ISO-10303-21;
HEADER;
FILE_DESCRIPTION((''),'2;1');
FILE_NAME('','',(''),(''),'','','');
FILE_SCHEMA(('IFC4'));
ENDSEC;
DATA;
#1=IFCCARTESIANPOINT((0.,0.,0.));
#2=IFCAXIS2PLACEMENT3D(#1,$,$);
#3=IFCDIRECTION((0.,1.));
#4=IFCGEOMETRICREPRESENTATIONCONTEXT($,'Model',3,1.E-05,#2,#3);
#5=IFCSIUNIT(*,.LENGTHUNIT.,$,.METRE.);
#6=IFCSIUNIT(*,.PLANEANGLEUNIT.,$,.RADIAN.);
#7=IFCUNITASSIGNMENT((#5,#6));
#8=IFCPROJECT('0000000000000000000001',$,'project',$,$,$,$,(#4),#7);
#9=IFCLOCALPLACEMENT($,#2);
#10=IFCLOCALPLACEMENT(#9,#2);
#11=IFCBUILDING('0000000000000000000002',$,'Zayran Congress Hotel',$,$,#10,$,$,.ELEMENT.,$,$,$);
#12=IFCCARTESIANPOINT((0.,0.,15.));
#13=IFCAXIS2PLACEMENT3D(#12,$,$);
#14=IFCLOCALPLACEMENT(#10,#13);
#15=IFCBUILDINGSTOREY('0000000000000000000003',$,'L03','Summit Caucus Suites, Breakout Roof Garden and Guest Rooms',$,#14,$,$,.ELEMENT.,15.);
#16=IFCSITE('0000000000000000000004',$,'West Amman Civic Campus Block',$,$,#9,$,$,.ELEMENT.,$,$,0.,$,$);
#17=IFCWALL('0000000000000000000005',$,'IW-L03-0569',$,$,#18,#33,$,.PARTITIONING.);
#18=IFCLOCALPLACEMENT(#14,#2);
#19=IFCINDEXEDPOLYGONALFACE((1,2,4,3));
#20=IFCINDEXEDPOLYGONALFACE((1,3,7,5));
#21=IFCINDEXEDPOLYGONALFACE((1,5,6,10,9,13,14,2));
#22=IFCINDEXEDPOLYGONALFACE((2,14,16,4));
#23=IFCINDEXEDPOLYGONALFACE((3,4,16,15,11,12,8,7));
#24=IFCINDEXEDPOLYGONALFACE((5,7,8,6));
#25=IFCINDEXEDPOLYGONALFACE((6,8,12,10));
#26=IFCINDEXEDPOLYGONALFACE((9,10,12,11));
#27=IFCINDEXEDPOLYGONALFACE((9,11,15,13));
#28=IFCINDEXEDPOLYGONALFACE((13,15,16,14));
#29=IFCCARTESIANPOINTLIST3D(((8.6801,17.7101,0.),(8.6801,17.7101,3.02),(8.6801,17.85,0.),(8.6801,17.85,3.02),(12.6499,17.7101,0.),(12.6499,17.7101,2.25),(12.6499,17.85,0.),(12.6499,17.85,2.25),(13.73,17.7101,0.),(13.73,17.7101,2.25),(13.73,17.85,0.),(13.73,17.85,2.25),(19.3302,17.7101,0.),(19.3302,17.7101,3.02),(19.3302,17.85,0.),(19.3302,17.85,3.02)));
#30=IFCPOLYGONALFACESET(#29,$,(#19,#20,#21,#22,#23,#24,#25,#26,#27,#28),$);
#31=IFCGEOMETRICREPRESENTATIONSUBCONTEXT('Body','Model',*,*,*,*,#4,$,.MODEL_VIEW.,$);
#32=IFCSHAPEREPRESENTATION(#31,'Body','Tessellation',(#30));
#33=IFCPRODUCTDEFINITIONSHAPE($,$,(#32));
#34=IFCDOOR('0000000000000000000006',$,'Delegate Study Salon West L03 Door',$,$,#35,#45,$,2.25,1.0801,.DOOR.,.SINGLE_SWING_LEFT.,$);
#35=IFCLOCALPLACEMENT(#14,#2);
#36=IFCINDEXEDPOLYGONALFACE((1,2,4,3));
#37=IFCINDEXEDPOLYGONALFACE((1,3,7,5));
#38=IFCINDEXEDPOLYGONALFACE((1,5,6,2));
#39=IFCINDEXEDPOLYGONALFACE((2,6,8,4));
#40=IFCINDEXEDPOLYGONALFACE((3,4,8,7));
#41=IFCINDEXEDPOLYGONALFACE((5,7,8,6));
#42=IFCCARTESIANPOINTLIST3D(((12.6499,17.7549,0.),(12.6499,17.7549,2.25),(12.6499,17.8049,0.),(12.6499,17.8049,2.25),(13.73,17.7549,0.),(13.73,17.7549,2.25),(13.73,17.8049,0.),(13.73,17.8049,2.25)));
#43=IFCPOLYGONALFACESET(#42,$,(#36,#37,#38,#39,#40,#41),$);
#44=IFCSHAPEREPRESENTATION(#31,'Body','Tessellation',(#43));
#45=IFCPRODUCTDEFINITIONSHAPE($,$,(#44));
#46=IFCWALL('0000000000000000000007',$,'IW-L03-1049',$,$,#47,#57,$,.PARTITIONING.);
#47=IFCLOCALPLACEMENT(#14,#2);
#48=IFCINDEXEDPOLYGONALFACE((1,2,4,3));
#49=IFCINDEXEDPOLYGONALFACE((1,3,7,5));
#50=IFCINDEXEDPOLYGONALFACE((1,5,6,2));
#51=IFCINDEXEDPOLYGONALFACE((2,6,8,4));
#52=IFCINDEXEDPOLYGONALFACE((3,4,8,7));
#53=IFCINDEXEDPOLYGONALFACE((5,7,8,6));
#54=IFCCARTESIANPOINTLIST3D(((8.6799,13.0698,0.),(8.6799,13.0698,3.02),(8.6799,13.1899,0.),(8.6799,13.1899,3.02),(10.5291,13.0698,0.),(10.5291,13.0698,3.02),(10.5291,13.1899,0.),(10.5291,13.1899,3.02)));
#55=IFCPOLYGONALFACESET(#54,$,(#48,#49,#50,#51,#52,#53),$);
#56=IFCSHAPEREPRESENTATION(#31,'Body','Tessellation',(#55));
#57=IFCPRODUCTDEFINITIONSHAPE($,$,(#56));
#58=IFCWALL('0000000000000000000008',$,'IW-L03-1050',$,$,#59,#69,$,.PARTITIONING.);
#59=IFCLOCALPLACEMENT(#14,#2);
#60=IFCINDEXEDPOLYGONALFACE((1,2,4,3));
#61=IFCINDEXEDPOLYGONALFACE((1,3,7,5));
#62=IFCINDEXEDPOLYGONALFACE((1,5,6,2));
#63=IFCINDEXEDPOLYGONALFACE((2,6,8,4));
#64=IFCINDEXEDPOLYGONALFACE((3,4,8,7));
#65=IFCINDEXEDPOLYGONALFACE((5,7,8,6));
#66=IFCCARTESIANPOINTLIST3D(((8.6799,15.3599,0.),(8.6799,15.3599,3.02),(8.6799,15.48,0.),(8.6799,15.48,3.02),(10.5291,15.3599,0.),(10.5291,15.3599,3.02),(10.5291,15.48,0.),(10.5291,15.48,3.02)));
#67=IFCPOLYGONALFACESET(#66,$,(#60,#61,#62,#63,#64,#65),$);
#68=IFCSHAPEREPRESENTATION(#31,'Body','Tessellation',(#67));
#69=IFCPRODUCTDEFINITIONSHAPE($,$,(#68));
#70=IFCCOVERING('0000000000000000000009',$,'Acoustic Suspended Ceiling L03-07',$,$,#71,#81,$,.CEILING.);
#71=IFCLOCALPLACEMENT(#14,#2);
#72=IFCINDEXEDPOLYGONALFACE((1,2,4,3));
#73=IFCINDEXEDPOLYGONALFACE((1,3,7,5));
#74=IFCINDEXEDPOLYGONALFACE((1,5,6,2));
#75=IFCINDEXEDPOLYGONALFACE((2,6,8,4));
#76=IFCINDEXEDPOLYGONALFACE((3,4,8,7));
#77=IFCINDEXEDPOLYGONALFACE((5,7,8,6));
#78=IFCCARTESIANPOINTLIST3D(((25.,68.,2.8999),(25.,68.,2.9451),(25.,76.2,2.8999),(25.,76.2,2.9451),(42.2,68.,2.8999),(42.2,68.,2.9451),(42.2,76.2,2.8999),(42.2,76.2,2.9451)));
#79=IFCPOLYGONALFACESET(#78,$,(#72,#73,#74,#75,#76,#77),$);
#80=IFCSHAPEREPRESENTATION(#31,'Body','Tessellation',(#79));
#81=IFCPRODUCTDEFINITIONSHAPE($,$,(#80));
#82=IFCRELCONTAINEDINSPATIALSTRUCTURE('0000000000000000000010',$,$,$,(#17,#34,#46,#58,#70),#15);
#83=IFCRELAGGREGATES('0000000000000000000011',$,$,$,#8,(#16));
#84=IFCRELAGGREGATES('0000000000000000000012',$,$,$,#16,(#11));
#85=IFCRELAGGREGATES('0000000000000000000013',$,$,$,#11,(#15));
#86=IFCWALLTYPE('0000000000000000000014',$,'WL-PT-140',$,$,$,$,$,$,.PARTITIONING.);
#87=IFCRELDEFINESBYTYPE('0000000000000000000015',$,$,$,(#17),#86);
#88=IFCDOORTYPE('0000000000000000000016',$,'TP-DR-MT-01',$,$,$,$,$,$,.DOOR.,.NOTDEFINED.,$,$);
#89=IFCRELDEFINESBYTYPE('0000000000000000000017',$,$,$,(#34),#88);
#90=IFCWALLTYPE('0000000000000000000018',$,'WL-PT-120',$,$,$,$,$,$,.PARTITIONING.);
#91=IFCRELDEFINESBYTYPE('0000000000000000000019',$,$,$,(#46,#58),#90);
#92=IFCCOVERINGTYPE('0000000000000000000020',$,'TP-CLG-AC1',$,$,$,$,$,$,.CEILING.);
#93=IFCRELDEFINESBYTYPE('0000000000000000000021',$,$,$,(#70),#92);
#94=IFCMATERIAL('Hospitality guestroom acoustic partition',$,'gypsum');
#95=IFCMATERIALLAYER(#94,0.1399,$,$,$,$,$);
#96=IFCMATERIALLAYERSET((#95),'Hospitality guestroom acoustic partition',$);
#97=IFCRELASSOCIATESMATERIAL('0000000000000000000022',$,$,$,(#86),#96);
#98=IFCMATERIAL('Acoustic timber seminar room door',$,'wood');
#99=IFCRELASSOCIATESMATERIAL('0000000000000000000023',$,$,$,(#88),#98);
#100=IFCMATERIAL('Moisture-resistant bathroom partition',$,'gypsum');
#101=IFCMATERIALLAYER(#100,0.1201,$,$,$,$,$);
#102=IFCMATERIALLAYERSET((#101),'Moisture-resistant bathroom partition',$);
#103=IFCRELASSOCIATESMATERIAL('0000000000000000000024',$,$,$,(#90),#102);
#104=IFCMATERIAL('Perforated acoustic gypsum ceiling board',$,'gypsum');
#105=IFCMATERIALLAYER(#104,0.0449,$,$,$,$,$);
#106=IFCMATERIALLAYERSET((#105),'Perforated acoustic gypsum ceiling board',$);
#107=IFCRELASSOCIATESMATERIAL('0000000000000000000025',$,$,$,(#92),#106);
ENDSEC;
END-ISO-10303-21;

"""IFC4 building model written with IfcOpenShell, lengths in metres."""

from ifc_helpers import new_model, si_unit, direction, frame, frame_2d, origin, place, context, subcontext, project, spatial, polyline, rectangle, outline, extrude, material, layer, layer_set, type_object, element, fill, save


model = new_model("IFC4")

# Units and contexts
model_context = context("Model", 3, precision=1e-05, world=origin(), true_north=direction((0.0, 1.0)))
body_context = subcontext(model_context, "Body", "Model", "MODEL_VIEW")
ifc_project = project(units=[si_unit("LENGTHUNIT", "METRE"), si_unit("PLANEANGLEUNIT", "RADIAN")], contexts=[model_context])

# Site, building, storey
site_placement = place(None, origin())
site = spatial("IfcSite", under=ifc_project, at=site_placement, Name="West Amman Civic Campus Block", CompositionType="ELEMENT", RefElevation=0.0)
building_placement = place(site_placement, origin())
building = spatial("IfcBuilding", under=site, at=building_placement, Name="Zayran Congress Hotel", CompositionType="ELEMENT")
storey_placement = place(building_placement, frame((0.0, 0.0, 15.0)))
storey = spatial("IfcBuildingStorey", under=building, at=storey_placement, Name="L03", Description="Summit Caucus Suites, Breakout Roof Garden and Guest Rooms", CompositionType="ELEMENT", Elevation=15.0)

# Wall, opening, door
ifc_material_1 = material(Name="Hospitality guestroom acoustic partition", Category="gypsum")
ifc_layer_1 = layer(ifc_material_1, 0.1399)
ifc_layer_set_1 = layer_set([ifc_layer_1], Name="Hospitality guestroom acoustic partition")
wall_type_1 = type_object("IfcWallType", Name="WL-PT-140", PredefinedType="PARTITIONING", material=ifc_layer_set_1)
wall_1_placement = place(storey_placement, frame((8.6799, 17.78, 0.0), z_axis=(0.0, 0.0, 1.0), x_axis=(1.0, 0.0, 0.0)))
wall_1 = element("IfcWall", 1, at=wall_1_placement, inside=storey, type_object=wall_type_1, Name="IW-L03-0569", PredefinedType="PARTITIONING", context=body_context, shape_type="SweptSolid", body=[
    extrude(rectangle(XDim=10.6501, YDim=0.1399, at=frame_2d((5.3252, 0.0))), origin(), (0.0, 0.0, 1.0), 3.02),
])
opening_1_placement = place(wall_1_placement, frame((3.97, 0.0, 0.0)))
opening_1 = element("IfcOpeningElement", 2, at=opening_1_placement, cuts=wall_1, PredefinedType="OPENING", context=body_context, shape_type="SweptSolid", body=[
    extrude(rectangle(XDim=1.0801, YDim=2.25, at=frame_2d((0.54, 1.125))), frame((0.0, 0.0798, 0.0), z_axis=(0.0, -1.0, 0.0), x_axis=(1.0, 0.0, 0.0)), (0.0, 0.0, 1.0), 0.1599),
])
ifc_material_2 = material(Name="Acoustic timber seminar room door", Category="wood")
door_type_1 = type_object("IfcDoorType", Name="TP-DR-MT-01", OperationType="NOTDEFINED", PredefinedType="DOOR", material=ifc_material_2)
door_1_placement = place(opening_1_placement, origin())
door_1 = element("IfcDoor", 3, at=door_1_placement, inside=storey, type_object=door_type_1, Name="Delegate Study Salon West L03 Door", OperationType="SINGLE_SWING_LEFT", OverallHeight=2.25, OverallWidth=1.0801, PredefinedType="DOOR", context=body_context, shape_type="SweptSolid", body=[
    extrude(rectangle(XDim=1.0801, YDim=2.25, at=frame_2d((0.54, 1.125))), frame((0.0, 0.0249, 0.0), z_axis=(0.0, -1.0, 0.0), x_axis=(1.0, 0.0, 0.0)), (0.0, 0.0, 1.0), 0.05),
])
fill(opening_1, door_1)
ifc_material_3 = material(Name="Moisture-resistant bathroom partition", Category="gypsum")
ifc_layer_2 = layer(ifc_material_3, 0.1201)
ifc_layer_set_2 = layer_set([ifc_layer_2], Name="Moisture-resistant bathroom partition")
wall_type_2 = type_object("IfcWallType", Name="WL-PT-120", PredefinedType="PARTITIONING", material=ifc_layer_set_2)

# Walls
for number, where, z_axis, x_axis, name in (
    (4, (8.6799, 13.1299, 0.0), (0.0, 0.0, 1.0), (1.0, 0.0, 0.0), "IW-L03-1049"),
    (5, (8.6799, 15.4199, 0.0), (0.0, 0.0, 1.0), (1.0, 0.0, 0.0), "IW-L03-1050"),
):
    element("IfcWall", number, at=place(storey_placement, frame(where, z_axis=z_axis, x_axis=x_axis)), inside=storey, type_object=wall_type_2, Name=name, PredefinedType="PARTITIONING", context=body_context, shape_type="SweptSolid", body=[
        extrude(rectangle(XDim=1.8491, YDim=0.1201, at=frame_2d((0.9246, 0.0))), origin(), (0.0, 0.0, 1.0), 3.02),
    ])

# Covering
ifc_material_4 = material(Name="Perforated acoustic gypsum ceiling board", Category="gypsum")
ifc_layer_3 = layer(ifc_material_4, 0.0449)
ifc_layer_set_3 = layer_set([ifc_layer_3], Name="Perforated acoustic gypsum ceiling board")
covering_type = type_object("IfcCoveringType", Name="TP-CLG-AC1", PredefinedType="CEILING", material=ifc_layer_set_3)
covering_placement = place(storey_placement, frame((0.0, 0.0, 2.8999)))
element("IfcCovering", 6, at=covering_placement, inside=storey, type_object=covering_type, Name="Acoustic Suspended Ceiling L03-07", PredefinedType="CEILING", context=body_context, shape_type="SweptSolid", body=[
    extrude(outline(polyline([(25.0, 68.0), (42.2, 68.0), (42.2, 76.2), (25.0, 76.2), (25.0, 68.0)])), origin(), (0.0, 0.0, 1.0), 0.0452),
])

save(model, "model.ifc")
